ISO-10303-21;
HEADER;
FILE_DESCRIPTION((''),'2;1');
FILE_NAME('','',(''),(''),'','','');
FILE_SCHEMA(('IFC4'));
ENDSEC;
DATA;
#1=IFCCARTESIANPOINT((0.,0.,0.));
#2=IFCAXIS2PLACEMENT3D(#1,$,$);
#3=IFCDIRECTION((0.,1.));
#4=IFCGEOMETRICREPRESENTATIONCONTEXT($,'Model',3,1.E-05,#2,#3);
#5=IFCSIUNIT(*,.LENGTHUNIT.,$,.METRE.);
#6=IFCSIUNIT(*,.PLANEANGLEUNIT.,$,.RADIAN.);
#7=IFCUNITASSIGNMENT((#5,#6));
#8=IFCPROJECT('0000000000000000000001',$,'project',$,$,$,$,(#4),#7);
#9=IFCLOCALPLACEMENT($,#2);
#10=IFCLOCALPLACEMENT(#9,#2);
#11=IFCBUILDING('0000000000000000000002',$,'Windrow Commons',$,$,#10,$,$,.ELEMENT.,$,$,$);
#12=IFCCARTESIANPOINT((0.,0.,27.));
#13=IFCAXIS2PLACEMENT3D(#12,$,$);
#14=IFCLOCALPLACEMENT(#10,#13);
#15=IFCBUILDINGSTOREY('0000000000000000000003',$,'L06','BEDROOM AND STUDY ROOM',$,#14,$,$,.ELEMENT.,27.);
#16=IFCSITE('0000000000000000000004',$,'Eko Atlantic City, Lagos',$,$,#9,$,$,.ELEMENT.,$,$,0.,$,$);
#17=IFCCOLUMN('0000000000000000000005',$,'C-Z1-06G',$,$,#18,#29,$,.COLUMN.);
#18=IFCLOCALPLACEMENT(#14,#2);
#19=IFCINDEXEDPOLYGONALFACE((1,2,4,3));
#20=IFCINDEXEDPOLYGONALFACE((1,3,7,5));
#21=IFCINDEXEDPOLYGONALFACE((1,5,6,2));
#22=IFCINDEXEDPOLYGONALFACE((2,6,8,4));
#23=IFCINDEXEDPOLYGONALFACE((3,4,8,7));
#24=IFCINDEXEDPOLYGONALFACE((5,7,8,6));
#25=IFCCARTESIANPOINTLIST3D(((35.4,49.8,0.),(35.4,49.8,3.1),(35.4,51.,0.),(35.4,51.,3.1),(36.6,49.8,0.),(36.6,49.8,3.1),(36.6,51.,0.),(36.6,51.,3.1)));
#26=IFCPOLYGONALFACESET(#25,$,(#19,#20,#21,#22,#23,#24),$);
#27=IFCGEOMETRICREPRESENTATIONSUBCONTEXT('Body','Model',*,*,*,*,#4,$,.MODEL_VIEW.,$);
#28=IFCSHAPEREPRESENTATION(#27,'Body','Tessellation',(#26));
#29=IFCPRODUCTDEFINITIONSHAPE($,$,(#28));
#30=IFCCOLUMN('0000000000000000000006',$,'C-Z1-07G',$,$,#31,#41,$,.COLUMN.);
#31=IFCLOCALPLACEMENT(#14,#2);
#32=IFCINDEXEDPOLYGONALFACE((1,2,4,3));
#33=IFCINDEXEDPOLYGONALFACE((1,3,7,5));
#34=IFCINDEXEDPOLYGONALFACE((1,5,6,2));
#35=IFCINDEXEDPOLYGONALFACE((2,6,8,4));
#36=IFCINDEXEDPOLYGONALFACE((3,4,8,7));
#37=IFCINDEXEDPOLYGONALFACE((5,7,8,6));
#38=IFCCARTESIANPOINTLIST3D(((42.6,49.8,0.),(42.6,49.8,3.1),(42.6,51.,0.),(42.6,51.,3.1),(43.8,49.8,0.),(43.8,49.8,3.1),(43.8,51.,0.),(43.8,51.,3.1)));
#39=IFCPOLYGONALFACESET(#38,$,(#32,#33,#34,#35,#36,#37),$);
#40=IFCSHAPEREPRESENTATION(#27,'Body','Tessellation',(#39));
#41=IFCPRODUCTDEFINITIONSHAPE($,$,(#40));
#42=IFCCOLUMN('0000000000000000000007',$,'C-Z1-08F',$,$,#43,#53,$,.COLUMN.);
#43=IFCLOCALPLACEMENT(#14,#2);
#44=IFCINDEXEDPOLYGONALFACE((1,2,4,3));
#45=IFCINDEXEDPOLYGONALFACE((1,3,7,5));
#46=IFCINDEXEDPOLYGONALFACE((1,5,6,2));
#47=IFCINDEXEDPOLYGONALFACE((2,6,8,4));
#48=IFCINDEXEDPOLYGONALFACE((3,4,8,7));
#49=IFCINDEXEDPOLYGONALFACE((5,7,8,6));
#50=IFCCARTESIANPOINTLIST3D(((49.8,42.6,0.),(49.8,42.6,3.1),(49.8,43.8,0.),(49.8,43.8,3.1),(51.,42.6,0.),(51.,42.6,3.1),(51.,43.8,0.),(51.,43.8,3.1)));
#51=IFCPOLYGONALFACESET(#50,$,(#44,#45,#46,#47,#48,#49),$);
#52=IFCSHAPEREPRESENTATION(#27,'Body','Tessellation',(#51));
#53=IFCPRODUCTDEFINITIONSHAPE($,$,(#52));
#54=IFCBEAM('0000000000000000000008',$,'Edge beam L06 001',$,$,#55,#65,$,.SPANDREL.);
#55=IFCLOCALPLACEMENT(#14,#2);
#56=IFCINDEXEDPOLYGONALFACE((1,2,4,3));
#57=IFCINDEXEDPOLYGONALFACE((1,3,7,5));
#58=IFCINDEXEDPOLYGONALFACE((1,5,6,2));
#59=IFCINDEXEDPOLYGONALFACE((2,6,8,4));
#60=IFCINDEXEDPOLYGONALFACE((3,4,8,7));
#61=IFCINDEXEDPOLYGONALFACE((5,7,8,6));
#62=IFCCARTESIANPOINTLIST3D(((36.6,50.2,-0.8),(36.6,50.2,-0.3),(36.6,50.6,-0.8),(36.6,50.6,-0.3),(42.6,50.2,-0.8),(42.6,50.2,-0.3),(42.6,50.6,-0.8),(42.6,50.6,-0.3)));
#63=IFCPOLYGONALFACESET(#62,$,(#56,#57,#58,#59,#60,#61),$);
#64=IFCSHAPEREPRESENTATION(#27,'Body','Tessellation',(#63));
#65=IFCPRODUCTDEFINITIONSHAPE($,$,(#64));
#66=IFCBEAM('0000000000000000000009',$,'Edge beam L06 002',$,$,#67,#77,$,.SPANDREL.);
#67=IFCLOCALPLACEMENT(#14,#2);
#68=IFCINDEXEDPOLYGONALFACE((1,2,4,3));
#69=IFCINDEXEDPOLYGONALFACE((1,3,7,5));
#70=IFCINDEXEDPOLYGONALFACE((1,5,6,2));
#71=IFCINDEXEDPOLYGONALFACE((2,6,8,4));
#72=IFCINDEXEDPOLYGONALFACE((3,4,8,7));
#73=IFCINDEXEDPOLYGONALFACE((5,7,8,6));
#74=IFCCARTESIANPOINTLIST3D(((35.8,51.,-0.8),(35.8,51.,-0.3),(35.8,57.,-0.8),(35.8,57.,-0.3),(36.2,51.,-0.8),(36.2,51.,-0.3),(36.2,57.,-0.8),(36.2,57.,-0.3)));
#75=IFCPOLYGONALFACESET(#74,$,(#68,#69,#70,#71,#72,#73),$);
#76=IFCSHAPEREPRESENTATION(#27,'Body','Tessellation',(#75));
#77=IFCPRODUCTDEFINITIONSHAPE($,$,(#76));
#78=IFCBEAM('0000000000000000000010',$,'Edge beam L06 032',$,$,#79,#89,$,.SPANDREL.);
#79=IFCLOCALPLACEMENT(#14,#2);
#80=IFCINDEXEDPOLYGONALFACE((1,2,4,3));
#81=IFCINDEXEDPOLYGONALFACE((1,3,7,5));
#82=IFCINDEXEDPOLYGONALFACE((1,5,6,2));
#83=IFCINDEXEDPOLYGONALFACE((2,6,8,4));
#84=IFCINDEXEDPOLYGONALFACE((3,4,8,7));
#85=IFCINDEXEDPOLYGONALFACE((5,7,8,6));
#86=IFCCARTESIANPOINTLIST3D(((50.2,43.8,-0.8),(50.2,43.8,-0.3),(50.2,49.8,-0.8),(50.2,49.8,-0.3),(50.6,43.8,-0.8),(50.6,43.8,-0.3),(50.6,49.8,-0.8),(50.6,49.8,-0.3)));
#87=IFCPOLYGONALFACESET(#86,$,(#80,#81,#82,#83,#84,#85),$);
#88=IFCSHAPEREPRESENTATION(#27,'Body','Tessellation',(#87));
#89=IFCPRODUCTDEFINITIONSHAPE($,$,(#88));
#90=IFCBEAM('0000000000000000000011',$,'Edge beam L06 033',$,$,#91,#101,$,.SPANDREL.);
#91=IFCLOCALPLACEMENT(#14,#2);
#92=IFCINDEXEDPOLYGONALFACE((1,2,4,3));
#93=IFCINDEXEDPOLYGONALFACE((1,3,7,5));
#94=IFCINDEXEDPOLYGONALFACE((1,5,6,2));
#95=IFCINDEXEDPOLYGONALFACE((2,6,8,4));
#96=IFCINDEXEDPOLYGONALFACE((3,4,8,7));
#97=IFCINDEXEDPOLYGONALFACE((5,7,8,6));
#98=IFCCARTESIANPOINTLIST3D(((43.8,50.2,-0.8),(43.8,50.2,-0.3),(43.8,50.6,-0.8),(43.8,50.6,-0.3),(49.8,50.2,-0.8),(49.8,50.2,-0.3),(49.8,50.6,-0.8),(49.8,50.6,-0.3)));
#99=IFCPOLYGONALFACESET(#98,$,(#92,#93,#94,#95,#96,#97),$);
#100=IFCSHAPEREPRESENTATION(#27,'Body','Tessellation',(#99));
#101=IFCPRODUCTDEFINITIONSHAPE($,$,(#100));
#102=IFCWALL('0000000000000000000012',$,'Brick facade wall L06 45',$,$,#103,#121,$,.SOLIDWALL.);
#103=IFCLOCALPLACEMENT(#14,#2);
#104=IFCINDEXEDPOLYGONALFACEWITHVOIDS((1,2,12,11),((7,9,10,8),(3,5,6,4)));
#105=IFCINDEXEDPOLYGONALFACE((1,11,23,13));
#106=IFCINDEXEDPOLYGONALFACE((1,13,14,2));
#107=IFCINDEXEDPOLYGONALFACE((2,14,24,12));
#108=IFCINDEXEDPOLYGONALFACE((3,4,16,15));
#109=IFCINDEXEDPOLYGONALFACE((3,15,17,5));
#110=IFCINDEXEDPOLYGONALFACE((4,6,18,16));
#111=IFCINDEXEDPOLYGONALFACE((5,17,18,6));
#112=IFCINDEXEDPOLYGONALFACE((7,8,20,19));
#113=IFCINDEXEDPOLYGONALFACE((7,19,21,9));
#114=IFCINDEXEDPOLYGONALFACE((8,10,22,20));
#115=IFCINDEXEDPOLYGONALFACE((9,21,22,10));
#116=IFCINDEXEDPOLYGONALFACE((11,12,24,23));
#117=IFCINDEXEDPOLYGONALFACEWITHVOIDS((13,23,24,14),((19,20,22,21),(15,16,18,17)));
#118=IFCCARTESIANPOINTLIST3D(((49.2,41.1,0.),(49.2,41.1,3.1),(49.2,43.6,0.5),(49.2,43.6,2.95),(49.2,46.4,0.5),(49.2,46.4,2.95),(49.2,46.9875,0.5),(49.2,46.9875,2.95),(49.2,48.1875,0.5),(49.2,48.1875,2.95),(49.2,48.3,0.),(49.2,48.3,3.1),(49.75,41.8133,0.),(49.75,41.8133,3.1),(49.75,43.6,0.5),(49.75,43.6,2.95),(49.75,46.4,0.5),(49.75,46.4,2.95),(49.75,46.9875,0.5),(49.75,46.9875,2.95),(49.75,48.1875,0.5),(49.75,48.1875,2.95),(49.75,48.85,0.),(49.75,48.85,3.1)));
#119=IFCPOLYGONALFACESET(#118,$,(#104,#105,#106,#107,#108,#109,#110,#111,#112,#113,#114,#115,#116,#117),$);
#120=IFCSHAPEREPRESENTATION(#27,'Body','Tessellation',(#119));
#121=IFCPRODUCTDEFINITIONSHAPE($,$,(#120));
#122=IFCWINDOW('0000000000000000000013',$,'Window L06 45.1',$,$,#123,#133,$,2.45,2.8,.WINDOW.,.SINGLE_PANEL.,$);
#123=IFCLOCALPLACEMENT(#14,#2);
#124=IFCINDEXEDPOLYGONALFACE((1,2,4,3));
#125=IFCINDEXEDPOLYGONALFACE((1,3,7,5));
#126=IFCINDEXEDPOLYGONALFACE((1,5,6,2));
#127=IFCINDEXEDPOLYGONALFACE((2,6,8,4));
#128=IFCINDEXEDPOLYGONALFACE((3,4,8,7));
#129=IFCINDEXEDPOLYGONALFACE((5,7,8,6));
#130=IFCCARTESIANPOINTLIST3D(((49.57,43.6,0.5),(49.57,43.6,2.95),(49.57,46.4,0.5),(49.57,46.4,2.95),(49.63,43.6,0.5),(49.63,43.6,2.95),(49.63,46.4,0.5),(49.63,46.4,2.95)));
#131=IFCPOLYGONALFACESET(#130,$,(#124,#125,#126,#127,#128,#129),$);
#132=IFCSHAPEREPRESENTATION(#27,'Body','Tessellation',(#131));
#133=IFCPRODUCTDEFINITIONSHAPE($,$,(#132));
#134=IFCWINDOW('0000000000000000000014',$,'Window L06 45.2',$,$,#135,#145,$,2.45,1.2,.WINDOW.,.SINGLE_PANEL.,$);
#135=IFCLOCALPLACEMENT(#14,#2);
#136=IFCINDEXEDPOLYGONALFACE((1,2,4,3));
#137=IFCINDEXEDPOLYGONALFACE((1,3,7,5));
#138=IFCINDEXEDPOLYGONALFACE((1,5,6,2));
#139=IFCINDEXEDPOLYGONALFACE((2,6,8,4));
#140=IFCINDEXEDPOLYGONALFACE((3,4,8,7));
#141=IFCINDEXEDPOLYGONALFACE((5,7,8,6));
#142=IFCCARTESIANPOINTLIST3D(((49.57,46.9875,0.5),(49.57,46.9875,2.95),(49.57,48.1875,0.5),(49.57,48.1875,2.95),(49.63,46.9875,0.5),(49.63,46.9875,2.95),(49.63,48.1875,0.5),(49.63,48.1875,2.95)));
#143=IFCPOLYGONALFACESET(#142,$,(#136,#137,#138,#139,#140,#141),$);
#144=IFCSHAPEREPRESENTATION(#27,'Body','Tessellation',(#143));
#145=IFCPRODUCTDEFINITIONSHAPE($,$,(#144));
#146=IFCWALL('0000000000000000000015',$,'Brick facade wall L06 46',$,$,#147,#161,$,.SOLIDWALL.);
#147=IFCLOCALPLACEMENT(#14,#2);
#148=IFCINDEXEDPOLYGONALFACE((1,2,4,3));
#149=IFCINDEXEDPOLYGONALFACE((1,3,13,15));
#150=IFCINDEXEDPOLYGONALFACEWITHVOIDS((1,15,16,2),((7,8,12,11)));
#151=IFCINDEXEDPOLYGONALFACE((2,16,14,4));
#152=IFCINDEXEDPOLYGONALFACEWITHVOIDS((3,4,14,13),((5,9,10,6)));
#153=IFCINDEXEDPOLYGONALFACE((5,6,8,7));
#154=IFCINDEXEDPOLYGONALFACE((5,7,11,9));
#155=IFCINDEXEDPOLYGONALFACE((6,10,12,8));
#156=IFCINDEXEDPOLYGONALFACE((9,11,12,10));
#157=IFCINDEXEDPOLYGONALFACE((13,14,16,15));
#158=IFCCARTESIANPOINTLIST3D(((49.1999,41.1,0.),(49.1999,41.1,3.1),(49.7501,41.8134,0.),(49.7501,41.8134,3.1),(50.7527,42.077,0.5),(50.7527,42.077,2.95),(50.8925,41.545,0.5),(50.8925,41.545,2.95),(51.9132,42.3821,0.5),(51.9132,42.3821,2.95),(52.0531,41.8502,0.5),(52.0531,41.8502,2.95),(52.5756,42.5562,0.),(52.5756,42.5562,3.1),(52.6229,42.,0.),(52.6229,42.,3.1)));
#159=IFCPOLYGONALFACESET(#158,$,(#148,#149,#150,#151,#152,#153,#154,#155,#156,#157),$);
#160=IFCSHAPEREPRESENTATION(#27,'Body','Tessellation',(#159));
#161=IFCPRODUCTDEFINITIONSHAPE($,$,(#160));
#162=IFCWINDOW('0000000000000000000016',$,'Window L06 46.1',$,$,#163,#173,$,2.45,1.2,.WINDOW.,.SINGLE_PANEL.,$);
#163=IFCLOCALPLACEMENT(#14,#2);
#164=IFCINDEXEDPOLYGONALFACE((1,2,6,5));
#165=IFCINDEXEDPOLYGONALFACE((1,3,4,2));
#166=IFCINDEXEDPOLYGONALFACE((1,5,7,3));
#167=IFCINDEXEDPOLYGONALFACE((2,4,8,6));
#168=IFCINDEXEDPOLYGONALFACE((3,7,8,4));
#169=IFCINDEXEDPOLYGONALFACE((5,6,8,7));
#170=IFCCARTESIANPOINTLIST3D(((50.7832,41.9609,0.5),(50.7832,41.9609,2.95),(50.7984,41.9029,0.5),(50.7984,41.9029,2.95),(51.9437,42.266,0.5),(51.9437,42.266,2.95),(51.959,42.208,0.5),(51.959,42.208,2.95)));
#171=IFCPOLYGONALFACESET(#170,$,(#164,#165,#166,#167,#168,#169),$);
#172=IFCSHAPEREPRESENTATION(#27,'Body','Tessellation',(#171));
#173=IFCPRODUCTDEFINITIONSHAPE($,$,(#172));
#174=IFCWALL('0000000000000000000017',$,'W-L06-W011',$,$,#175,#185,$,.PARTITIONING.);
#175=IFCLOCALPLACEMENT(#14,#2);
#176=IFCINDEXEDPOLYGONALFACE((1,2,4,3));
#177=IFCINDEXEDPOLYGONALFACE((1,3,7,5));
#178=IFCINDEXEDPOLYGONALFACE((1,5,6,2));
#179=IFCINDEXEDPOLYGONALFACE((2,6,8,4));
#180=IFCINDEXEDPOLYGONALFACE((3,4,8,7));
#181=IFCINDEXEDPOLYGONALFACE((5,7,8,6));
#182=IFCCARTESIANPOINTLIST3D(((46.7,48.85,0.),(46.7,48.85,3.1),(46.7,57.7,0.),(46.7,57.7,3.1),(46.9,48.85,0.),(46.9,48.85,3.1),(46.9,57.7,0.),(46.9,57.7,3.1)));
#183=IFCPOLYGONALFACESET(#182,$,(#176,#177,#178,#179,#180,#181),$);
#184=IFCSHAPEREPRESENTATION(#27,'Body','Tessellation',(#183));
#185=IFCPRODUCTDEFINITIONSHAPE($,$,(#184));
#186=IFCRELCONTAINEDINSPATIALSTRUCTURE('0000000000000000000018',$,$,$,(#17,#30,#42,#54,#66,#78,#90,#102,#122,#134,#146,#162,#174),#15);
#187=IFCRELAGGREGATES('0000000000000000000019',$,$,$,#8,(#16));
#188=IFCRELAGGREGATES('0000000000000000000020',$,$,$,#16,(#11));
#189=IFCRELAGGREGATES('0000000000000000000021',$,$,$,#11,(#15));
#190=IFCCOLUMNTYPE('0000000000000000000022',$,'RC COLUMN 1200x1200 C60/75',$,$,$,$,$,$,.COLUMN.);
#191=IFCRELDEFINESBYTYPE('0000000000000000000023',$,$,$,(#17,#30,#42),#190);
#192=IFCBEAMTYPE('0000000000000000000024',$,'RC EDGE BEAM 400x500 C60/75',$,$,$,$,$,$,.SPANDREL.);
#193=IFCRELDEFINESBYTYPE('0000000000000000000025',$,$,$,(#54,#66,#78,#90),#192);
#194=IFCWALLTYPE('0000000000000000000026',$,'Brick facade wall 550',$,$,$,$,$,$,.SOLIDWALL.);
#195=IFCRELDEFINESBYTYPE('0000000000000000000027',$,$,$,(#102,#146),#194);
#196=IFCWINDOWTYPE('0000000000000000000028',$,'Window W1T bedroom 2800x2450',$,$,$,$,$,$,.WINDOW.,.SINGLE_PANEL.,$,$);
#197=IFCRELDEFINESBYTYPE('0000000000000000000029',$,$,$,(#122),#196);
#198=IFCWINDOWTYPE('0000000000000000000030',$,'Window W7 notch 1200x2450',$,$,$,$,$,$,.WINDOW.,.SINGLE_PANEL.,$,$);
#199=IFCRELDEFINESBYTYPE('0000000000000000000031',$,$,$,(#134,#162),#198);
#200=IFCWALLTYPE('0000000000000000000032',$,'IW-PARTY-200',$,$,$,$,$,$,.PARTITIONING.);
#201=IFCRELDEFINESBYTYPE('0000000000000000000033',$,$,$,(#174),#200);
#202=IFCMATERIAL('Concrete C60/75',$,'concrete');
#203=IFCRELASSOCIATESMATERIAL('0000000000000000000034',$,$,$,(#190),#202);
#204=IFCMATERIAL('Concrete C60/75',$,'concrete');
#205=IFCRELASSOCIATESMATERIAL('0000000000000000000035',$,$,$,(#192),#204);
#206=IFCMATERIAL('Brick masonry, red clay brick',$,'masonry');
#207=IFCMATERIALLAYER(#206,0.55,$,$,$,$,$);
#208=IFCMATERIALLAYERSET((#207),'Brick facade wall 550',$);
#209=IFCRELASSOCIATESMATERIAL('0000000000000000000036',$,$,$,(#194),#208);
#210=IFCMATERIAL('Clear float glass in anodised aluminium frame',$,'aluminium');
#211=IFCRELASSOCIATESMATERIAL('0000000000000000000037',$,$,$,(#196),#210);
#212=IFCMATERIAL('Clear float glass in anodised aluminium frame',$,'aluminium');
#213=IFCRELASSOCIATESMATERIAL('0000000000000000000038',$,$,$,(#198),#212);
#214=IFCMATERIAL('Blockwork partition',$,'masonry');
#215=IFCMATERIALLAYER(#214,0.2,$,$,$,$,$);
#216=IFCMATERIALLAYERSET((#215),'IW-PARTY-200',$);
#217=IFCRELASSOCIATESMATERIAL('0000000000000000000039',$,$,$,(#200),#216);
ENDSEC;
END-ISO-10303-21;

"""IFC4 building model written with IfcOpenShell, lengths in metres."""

from ifc_helpers import new_model, si_unit, direction, frame, frame_2d, origin, origin_2d, place, context, subcontext, project, spatial, polyline, rectangle, outline, extrude, material, layer, layer_set, material_profile, profile_set, type_object, element, fill, save


model = new_model("IFC4")

# Units and contexts
model_context = context("Model", 3, precision=1e-05, world=origin(), true_north=direction((0.0, 1.0)))
body_context = subcontext(model_context, "Body", "Model", "MODEL_VIEW")
ifc_project = project(units=[si_unit("LENGTHUNIT", "METRE"), si_unit("PLANEANGLEUNIT", "RADIAN")], contexts=[model_context])

# Site, building, storey
site_placement = place(None, origin())
site = spatial("IfcSite", under=ifc_project, at=site_placement, Name="Eko Atlantic City, Lagos", CompositionType="ELEMENT", RefElevation=0.0)
building_placement = place(site_placement, origin())
building = spatial("IfcBuilding", under=site, at=building_placement, Name="Windrow Commons", CompositionType="ELEMENT")
storey_placement = place(building_placement, frame((0.0, 0.0, 27.0)))
storey = spatial("IfcBuildingStorey", under=building, at=storey_placement, Name="L06", Description="BEDROOM AND STUDY ROOM", CompositionType="ELEMENT", Elevation=27.0)

# Columns
ifc_material_1 = material(Name="Concrete C60/75", Category="concrete")
ifc_material_profile_1 = material_profile(ifc_material_1, rectangle(XDim=1.2, YDim=1.2, at=origin_2d()))
ifc_profile_set_1 = profile_set([ifc_material_profile_1], Name="Concrete C60/75")
column_type = type_object("IfcColumnType", Name="RC COLUMN 1200x1200 C60/75", PredefinedType="COLUMN", material=ifc_profile_set_1)
for number, where, z_axis, x_axis, name in (
    (1, (36.0, 50.4, 0.0), (0.0, 0.0, 1.0), (1.0, 0.0, 0.0), "C-Z1-06G"),
    (2, (43.2, 50.4, 0.0), (0.0, 0.0, 1.0), (1.0, 0.0, 0.0), "C-Z1-07G"),
    (3, (50.4, 43.2, 0.0), (0.0, 0.0, 1.0), (1.0, 0.0, 0.0), "C-Z1-08F"),
):
    element("IfcColumn", number, at=place(storey_placement, frame(where, z_axis=z_axis, x_axis=x_axis)), inside=storey, type_object=column_type, Name=name, PredefinedType="COLUMN", context=body_context, shape_type="SweptSolid", body=[
        extrude(rectangle(XDim=1.2, YDim=1.2, at=origin_2d()), origin(), (0.0, 0.0, 1.0), 3.1),
    ])

# Beams
ifc_material_2 = material(Name="Concrete C60/75", Category="concrete")
ifc_material_profile_2 = material_profile(ifc_material_2, rectangle(XDim=0.4, YDim=0.5, at=origin_2d()))
ifc_profile_set_2 = profile_set([ifc_material_profile_2], Name="Concrete C60/75")
beam_type = type_object("IfcBeamType", Name="RC EDGE BEAM 400x500 C60/75", PredefinedType="SPANDREL", material=ifc_profile_set_2)
for number, where, z_axis, x_axis, name in (
    (4, (42.6, 50.4, -0.55), (-1.0, 0.0, 0.0), (0.0, -1.0, 0.0), "Edge beam L06 001"),
    (5, (36.0, 51.0, -0.55), (0.0, 1.0, 0.0), (-1.0, 0.0, 0.0), "Edge beam L06 002"),
    (6, (50.4, 43.8, -0.55), (0.0, 1.0, 0.0), (-1.0, 0.0, 0.0), "Edge beam L06 032"),
    (7, (49.8, 50.4, -0.55), (-1.0, 0.0, 0.0), (0.0, -1.0, 0.0), "Edge beam L06 033"),
):
    element("IfcBeam", number, at=place(storey_placement, frame(where, z_axis=z_axis, x_axis=x_axis)), inside=storey, type_object=beam_type, Name=name, PredefinedType="SPANDREL", context=body_context, shape_type="SweptSolid", body=[
        extrude(rectangle(XDim=0.4, YDim=0.5, at=origin_2d()), origin(), (0.0, 0.0, 1.0), 6.0),
    ])

# Wall, openings, windows
ifc_material_3 = material(Name="Brick masonry, red clay brick", Category="masonry")
ifc_layer_1 = layer(ifc_material_3, 0.55)
ifc_layer_set_1 = layer_set([ifc_layer_1], Name="Brick facade wall 550")
wall_type_1 = type_object("IfcWallType", Name="Brick facade wall 550", PredefinedType="SOLIDWALL", material=ifc_layer_set_1)
wall_1_placement = place(storey_placement, frame((49.475, 48.575, 0.0), z_axis=(0.0, 0.0, 1.0), x_axis=(0.0, -1.0, 0.0)))
wall_1 = element("IfcWall", 8, at=wall_1_placement, inside=storey, type_object=wall_type_1, Name="Brick facade wall L06 45", PredefinedType="SOLIDWALL", context=body_context, shape_type="SweptSolid", body=[
    extrude(outline(polyline([(0.275, -0.275), (7.475, -0.275), (6.7617, 0.275), (-0.275, 0.275), (0.275, -0.275)])), origin(), (0.0, 0.0, 1.0), 3.1),
])
opening_1_placement = place(wall_1_placement, frame((2.175, 0.0, 0.5)))
opening_1 = element("IfcOpeningElement", 9, at=opening_1_placement, cuts=wall_1, PredefinedType="OPENING", context=body_context, shape_type="SweptSolid", body=[
    extrude(rectangle(XDim=2.8, YDim=2.45, at=frame_2d((1.4, 1.225))), frame((0.0, 0.285, 0.0), z_axis=(0.0, -1.0, 0.0), x_axis=(1.0, 0.0, 0.0)), (0.0, 0.0, 1.0), 0.57),
])
opening_2_placement = place(wall_1_placement, frame((0.3875, 0.0, 0.5)))
opening_2 = element("IfcOpeningElement", 10, at=opening_2_placement, cuts=wall_1, PredefinedType="OPENING", context=body_context, shape_type="SweptSolid", body=[
    extrude(rectangle(XDim=1.2, YDim=2.45, at=frame_2d((0.6, 1.225))), frame((0.0, 0.285, 0.0), z_axis=(0.0, -1.0, 0.0), x_axis=(1.0, 0.0, 0.0)), (0.0, 0.0, 1.0), 0.57),
])
ifc_material_4 = material(Name="Clear float glass in anodised aluminium frame", Category="aluminium")
window_type_1 = type_object("IfcWindowType", Name="Window W1T bedroom 2800x2450", PartitioningType="SINGLE_PANEL", PredefinedType="WINDOW", material=ifc_material_4)
window_1_placement = place(opening_1_placement, origin())
window_1 = element("IfcWindow", 11, at=window_1_placement, inside=storey, type_object=window_type_1, Name="Window L06 45.1", OverallHeight=2.45, OverallWidth=2.8, PartitioningType="SINGLE_PANEL", PredefinedType="WINDOW", context=body_context, shape_type="SweptSolid", body=[
    extrude(rectangle(XDim=2.8, YDim=2.45, at=frame_2d((1.4, 1.225))), frame((0.0, 0.155, 0.0), z_axis=(0.0, -1.0, 0.0), x_axis=(1.0, 0.0, 0.0)), (0.0, 0.0, 1.0), 0.06),
])
fill(opening_1, window_1)
ifc_material_5 = material(Name="Clear float glass in anodised aluminium frame", Category="aluminium")
window_type_2 = type_object("IfcWindowType", Name="Window W7 notch 1200x2450", PartitioningType="SINGLE_PANEL", PredefinedType="WINDOW", material=ifc_material_5)
window_2_placement = place(opening_2_placement, origin())
window_2 = element("IfcWindow", 12, at=window_2_placement, inside=storey, type_object=window_type_2, Name="Window L06 45.2", OverallHeight=2.45, OverallWidth=1.2, PartitioningType="SINGLE_PANEL", PredefinedType="WINDOW", context=body_context, shape_type="SweptSolid", body=[
    extrude(rectangle(XDim=1.2, YDim=2.45, at=frame_2d((0.6, 1.225))), frame((0.0, 0.155, 0.0), z_axis=(0.0, -1.0, 0.0), x_axis=(1.0, 0.0, 0.0)), (0.0, 0.0, 1.0), 0.06),
])
fill(opening_2, window_2)

# Wall, opening, window
wall_2_placement = place(storey_placement, frame((49.475, 41.4567, 0.0), z_axis=(0.0, 0.0, 1.0), x_axis=(0.967132, 0.254274, 0.0)))
wall_2 = element("IfcWall", 13, at=wall_2_placement, inside=storey, type_object=wall_type_1, Name="Brick facade wall L06 46", PredefinedType="SOLIDWALL", context=body_context, shape_type="SweptSolid", body=[
    extrude(outline(polyline([(-0.3567, -0.275), (3.1826, -0.275), (3.2783, 0.275), (0.3567, 0.275), (-0.3567, -0.275)])), origin(), (0.0, 0.0, 1.0), 3.1),
])
opening_3_placement = place(wall_2_placement, frame((1.3934, 0.0, 0.5)))
opening_3 = element("IfcOpeningElement", 14, at=opening_3_placement, cuts=wall_2, PredefinedType="OPENING", context=body_context, shape_type="SweptSolid", body=[
    extrude(rectangle(XDim=1.2, YDim=2.45, at=frame_2d((0.6, 1.225))), frame((0.0, 0.285, 0.0), z_axis=(0.0, -1.0, 0.0), x_axis=(1.0, 0.0, 0.0)), (0.0, 0.0, 1.0), 0.57),
])
window_3_placement = place(opening_3_placement, origin())
window_3 = element("IfcWindow", 15, at=window_3_placement, inside=storey, type_object=window_type_2, Name="Window L06 46.1", OverallHeight=2.45, OverallWidth=1.2, PartitioningType="SINGLE_PANEL", PredefinedType="WINDOW", context=body_context, shape_type="SweptSolid", body=[
    extrude(rectangle(XDim=1.2, YDim=2.45, at=frame_2d((0.6, 1.225))), frame((0.0, 0.155, 0.0), z_axis=(0.0, -1.0, 0.0), x_axis=(1.0, 0.0, 0.0)), (0.0, 0.0, 1.0), 0.06),
])
fill(opening_3, window_3)

# Wall
ifc_material_6 = material(Name="Blockwork partition", Category="masonry")
ifc_layer_2 = layer(ifc_material_6, 0.2)
ifc_layer_set_2 = layer_set([ifc_layer_2], Name="IW-PARTY-200")
wall_type_2 = type_object("IfcWallType", Name="IW-PARTY-200", PredefinedType="PARTITIONING", material=ifc_layer_set_2)
wall_3_placement = place(storey_placement, frame((46.8, 48.85, 0.0), z_axis=(0.0, 0.0, 1.0), x_axis=(0.0, 1.0, 0.0)))
element("IfcWall", 16, at=wall_3_placement, inside=storey, type_object=wall_type_2, Name="W-L06-W011", PredefinedType="PARTITIONING", context=body_context, shape_type="SweptSolid", body=[
    extrude(rectangle(XDim=8.85, YDim=0.2, at=frame_2d((4.425, 0.0))), origin(), (0.0, 0.0, 1.0), 3.1),
])

save(model, "model.ifc")
